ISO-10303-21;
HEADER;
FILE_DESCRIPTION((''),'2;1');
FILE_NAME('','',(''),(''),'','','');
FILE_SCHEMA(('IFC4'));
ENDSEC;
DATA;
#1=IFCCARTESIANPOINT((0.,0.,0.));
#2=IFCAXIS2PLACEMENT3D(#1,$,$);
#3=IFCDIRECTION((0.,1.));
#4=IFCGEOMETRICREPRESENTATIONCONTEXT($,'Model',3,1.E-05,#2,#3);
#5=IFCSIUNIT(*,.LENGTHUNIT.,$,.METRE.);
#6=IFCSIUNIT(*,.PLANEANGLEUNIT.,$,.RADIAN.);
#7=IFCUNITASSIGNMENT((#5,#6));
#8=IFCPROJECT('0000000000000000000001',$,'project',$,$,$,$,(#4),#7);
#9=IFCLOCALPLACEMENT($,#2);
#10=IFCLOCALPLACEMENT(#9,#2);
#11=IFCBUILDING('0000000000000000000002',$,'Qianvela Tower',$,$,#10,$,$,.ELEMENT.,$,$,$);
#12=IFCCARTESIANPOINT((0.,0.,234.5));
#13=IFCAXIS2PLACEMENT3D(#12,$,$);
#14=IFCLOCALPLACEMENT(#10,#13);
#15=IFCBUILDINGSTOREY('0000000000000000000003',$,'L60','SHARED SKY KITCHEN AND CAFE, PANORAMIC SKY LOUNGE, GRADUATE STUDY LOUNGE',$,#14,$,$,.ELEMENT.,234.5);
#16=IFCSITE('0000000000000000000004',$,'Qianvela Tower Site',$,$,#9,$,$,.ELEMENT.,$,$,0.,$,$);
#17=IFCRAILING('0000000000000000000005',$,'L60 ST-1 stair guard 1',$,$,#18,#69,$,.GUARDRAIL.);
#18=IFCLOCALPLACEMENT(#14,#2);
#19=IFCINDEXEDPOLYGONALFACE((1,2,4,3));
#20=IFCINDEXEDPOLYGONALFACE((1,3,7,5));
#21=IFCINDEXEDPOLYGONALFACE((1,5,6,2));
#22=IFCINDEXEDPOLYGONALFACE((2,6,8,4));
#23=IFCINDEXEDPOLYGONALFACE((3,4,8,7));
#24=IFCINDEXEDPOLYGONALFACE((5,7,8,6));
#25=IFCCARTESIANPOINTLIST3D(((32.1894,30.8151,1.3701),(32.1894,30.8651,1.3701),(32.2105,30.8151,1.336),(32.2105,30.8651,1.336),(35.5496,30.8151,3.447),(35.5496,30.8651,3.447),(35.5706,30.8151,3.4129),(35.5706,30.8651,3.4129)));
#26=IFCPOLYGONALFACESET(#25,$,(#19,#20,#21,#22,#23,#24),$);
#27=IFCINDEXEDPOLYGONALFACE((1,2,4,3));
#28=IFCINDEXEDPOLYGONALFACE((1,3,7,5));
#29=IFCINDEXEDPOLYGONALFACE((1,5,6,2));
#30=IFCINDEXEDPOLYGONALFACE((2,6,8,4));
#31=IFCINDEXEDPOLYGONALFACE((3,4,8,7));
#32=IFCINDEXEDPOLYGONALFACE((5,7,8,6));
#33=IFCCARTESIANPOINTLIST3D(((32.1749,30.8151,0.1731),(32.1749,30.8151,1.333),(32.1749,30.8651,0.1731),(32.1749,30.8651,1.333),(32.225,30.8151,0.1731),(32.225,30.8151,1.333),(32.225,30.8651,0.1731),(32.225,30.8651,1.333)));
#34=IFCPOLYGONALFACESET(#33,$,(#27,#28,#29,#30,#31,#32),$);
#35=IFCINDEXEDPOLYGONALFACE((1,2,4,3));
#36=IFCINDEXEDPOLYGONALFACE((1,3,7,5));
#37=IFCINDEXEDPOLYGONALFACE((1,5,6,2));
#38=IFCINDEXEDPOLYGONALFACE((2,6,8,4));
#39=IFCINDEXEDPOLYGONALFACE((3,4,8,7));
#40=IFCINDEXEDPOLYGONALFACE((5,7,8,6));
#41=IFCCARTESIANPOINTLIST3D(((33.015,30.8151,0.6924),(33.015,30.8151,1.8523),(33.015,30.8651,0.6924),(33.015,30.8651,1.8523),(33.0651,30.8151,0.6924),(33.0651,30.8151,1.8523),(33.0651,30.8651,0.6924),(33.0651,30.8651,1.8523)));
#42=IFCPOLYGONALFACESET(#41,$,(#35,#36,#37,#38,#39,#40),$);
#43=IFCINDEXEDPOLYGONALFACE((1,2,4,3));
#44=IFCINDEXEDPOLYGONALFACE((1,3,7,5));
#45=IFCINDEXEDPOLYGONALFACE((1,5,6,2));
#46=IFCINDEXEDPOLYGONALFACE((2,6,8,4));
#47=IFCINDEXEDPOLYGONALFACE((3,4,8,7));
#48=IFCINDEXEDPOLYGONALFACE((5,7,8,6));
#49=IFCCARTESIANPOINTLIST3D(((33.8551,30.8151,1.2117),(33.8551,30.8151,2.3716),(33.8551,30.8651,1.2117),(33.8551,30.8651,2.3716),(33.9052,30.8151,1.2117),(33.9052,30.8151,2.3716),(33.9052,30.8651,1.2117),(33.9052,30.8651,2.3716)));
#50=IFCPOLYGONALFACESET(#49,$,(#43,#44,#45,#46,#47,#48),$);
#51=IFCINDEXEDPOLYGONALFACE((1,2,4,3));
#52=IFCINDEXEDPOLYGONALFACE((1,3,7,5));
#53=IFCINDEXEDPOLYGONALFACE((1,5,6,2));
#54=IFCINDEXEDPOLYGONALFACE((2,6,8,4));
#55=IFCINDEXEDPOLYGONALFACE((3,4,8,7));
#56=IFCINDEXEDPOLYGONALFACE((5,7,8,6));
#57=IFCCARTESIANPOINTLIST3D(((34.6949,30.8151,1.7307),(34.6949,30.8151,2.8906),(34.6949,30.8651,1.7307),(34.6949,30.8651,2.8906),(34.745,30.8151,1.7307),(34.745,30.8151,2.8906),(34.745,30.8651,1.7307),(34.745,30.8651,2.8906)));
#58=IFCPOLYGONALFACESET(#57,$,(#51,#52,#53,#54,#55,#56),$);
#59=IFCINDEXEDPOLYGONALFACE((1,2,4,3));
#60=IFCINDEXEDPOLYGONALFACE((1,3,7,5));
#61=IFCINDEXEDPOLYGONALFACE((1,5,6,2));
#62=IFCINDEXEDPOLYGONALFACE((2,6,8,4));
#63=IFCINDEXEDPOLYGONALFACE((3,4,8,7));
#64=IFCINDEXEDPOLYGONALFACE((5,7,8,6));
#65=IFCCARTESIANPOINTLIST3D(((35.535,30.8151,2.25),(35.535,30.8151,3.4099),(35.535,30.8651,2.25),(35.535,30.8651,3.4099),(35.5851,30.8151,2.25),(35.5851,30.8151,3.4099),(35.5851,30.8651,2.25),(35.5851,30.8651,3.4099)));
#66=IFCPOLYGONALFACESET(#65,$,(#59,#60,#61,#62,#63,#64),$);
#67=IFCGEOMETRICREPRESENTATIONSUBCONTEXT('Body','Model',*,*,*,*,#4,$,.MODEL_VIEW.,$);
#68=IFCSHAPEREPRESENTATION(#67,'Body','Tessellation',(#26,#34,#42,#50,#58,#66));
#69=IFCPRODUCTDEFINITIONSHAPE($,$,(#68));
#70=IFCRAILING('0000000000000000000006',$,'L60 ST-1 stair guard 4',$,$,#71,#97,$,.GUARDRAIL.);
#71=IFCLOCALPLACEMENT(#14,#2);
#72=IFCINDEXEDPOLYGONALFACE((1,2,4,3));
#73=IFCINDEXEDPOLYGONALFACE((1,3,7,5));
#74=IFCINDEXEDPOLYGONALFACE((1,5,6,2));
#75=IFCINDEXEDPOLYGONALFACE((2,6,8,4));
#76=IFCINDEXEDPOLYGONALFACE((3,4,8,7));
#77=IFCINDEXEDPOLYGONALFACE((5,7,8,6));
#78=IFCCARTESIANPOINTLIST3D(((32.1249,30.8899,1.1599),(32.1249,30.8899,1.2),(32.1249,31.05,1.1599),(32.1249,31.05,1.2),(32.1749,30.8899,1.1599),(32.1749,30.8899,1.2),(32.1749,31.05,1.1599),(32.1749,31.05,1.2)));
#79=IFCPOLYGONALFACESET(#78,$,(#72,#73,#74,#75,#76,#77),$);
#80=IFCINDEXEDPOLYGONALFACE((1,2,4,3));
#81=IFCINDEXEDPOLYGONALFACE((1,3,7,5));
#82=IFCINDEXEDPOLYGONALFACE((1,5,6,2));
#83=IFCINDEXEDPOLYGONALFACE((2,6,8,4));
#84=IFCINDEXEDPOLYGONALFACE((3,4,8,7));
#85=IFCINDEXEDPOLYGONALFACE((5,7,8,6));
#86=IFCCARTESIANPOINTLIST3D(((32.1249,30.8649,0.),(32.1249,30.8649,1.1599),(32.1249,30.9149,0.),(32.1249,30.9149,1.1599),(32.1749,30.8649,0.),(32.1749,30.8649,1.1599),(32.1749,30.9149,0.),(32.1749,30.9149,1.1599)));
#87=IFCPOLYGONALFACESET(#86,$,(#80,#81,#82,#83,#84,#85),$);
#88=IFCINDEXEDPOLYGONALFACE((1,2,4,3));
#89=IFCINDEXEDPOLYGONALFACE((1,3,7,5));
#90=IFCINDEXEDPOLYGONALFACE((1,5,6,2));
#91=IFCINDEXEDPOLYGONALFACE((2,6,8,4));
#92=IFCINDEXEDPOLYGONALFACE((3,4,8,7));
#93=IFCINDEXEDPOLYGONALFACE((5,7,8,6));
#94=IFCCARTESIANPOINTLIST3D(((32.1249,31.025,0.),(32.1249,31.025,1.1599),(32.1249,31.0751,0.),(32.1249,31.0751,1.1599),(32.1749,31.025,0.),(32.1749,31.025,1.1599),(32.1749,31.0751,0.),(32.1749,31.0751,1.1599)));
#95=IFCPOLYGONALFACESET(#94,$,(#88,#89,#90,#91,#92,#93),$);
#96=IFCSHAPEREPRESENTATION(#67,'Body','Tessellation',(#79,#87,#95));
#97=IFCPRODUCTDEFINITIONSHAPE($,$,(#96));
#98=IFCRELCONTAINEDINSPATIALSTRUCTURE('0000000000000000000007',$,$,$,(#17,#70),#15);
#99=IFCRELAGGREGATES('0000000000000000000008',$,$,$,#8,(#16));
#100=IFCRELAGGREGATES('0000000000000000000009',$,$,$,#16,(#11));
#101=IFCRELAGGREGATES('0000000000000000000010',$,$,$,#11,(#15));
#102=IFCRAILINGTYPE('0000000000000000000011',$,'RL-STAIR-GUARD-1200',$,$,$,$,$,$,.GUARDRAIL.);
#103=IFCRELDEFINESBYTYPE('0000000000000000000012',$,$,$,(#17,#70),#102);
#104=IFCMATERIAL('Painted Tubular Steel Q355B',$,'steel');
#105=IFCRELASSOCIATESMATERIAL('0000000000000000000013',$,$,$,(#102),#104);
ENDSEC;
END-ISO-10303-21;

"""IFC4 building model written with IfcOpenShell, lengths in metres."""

from ifc_helpers import new_model, si_unit, direction, frame, origin, origin_2d, place, context, subcontext, project, spatial, rectangle, extrude, material, type_object, element, save


model = new_model("IFC4")

# Units and contexts
model_context = context("Model", 3, precision=1e-05, world=origin(), true_north=direction((0.0, 1.0)))
body_context = subcontext(model_context, "Body", "Model", "MODEL_VIEW")
ifc_project = project(units=[si_unit("LENGTHUNIT", "METRE"), si_unit("PLANEANGLEUNIT", "RADIAN")], contexts=[model_context])

# Site, building, storey
site_placement = place(None, origin())
site = spatial("IfcSite", under=ifc_project, at=site_placement, Name="Qianvela Tower Site", CompositionType="ELEMENT", RefElevation=0.0)
building_placement = place(site_placement, origin())
building = spatial("IfcBuilding", under=site, at=building_placement, Name="Qianvela Tower", CompositionType="ELEMENT")
storey_placement = place(building_placement, frame((0.0, 0.0, 234.5)))
storey = spatial("IfcBuildingStorey", under=building, at=storey_placement, Name="L60", Description="SHARED SKY KITCHEN AND CAFE, PANORAMIC SKY LOUNGE, GRADUATE STUDY LOUNGE", CompositionType="ELEMENT", Elevation=234.5)

# Railings
ifc_material_1 = material(Name="Painted Tubular Steel Q355B", Category="steel")
railing_type = type_object("IfcRailingType", Name="RL-STAIR-GUARD-1200", PredefinedType="GUARDRAIL", material=ifc_material_1)
railing_1_placement = place(storey_placement, frame((32.2, 30.8401, 0.1731)))
element("IfcRailing", 1, at=railing_1_placement, inside=storey, type_object=railing_type, Name="L60 ST-1 stair guard 1", PredefinedType="GUARDRAIL", context=body_context, shape_type="SweptSolid", body=[
    extrude(rectangle(XDim=0.05, YDim=0.04, at=origin_2d()), frame((0.0, 0.0, 1.1799), z_axis=(0.850623, 0.0, 0.525776), x_axis=(0.0, 1.0, 0.0)), (0.0, 0.0, 1.0), 3.9502),
    extrude(rectangle(XDim=0.05, YDim=0.05, at=origin_2d()), origin(), (0.0, 0.0, 1.0), 1.1599),
    extrude(rectangle(XDim=0.05, YDim=0.05, at=origin_2d()), frame((0.8401, 0.0, 0.5193)), (0.0, 0.0, 1.0), 1.1599),
    extrude(rectangle(XDim=0.05, YDim=0.05, at=origin_2d()), frame((1.6802, 0.0, 1.0386)), (0.0, 0.0, 1.0), 1.1599),
    extrude(rectangle(XDim=0.05, YDim=0.05, at=origin_2d()), frame((2.52, 0.0, 1.5576)), (0.0, 0.0, 1.0), 1.1599),
    extrude(rectangle(XDim=0.05, YDim=0.05, at=origin_2d()), frame((3.3601, 0.0, 2.0769)), (0.0, 0.0, 1.0), 1.1599),
])
railing_2_placement = place(storey_placement, frame((32.1499, 30.8899, 0.0)))
element("IfcRailing", 2, at=railing_2_placement, inside=storey, type_object=railing_type, Name="L60 ST-1 stair guard 4", PredefinedType="GUARDRAIL", context=body_context, shape_type="SweptSolid", body=[
    extrude(rectangle(XDim=0.05, YDim=0.04, at=origin_2d()), frame((0.0, 0.0, 1.1799), z_axis=(0.0, 1.0, 0.0), x_axis=(-1.0, 0.0, 0.0)), (0.0, 0.0, 1.0), 0.1602),
    extrude(rectangle(XDim=0.05, YDim=0.05, at=origin_2d()), origin(), (0.0, 0.0, 1.0), 1.1599),
    extrude(rectangle(XDim=0.05, YDim=0.05, at=origin_2d()), frame((0.0, 0.1602, 0.0)), (0.0, 0.0, 1.0), 1.1599),
])

save(model, "model.ifc")
